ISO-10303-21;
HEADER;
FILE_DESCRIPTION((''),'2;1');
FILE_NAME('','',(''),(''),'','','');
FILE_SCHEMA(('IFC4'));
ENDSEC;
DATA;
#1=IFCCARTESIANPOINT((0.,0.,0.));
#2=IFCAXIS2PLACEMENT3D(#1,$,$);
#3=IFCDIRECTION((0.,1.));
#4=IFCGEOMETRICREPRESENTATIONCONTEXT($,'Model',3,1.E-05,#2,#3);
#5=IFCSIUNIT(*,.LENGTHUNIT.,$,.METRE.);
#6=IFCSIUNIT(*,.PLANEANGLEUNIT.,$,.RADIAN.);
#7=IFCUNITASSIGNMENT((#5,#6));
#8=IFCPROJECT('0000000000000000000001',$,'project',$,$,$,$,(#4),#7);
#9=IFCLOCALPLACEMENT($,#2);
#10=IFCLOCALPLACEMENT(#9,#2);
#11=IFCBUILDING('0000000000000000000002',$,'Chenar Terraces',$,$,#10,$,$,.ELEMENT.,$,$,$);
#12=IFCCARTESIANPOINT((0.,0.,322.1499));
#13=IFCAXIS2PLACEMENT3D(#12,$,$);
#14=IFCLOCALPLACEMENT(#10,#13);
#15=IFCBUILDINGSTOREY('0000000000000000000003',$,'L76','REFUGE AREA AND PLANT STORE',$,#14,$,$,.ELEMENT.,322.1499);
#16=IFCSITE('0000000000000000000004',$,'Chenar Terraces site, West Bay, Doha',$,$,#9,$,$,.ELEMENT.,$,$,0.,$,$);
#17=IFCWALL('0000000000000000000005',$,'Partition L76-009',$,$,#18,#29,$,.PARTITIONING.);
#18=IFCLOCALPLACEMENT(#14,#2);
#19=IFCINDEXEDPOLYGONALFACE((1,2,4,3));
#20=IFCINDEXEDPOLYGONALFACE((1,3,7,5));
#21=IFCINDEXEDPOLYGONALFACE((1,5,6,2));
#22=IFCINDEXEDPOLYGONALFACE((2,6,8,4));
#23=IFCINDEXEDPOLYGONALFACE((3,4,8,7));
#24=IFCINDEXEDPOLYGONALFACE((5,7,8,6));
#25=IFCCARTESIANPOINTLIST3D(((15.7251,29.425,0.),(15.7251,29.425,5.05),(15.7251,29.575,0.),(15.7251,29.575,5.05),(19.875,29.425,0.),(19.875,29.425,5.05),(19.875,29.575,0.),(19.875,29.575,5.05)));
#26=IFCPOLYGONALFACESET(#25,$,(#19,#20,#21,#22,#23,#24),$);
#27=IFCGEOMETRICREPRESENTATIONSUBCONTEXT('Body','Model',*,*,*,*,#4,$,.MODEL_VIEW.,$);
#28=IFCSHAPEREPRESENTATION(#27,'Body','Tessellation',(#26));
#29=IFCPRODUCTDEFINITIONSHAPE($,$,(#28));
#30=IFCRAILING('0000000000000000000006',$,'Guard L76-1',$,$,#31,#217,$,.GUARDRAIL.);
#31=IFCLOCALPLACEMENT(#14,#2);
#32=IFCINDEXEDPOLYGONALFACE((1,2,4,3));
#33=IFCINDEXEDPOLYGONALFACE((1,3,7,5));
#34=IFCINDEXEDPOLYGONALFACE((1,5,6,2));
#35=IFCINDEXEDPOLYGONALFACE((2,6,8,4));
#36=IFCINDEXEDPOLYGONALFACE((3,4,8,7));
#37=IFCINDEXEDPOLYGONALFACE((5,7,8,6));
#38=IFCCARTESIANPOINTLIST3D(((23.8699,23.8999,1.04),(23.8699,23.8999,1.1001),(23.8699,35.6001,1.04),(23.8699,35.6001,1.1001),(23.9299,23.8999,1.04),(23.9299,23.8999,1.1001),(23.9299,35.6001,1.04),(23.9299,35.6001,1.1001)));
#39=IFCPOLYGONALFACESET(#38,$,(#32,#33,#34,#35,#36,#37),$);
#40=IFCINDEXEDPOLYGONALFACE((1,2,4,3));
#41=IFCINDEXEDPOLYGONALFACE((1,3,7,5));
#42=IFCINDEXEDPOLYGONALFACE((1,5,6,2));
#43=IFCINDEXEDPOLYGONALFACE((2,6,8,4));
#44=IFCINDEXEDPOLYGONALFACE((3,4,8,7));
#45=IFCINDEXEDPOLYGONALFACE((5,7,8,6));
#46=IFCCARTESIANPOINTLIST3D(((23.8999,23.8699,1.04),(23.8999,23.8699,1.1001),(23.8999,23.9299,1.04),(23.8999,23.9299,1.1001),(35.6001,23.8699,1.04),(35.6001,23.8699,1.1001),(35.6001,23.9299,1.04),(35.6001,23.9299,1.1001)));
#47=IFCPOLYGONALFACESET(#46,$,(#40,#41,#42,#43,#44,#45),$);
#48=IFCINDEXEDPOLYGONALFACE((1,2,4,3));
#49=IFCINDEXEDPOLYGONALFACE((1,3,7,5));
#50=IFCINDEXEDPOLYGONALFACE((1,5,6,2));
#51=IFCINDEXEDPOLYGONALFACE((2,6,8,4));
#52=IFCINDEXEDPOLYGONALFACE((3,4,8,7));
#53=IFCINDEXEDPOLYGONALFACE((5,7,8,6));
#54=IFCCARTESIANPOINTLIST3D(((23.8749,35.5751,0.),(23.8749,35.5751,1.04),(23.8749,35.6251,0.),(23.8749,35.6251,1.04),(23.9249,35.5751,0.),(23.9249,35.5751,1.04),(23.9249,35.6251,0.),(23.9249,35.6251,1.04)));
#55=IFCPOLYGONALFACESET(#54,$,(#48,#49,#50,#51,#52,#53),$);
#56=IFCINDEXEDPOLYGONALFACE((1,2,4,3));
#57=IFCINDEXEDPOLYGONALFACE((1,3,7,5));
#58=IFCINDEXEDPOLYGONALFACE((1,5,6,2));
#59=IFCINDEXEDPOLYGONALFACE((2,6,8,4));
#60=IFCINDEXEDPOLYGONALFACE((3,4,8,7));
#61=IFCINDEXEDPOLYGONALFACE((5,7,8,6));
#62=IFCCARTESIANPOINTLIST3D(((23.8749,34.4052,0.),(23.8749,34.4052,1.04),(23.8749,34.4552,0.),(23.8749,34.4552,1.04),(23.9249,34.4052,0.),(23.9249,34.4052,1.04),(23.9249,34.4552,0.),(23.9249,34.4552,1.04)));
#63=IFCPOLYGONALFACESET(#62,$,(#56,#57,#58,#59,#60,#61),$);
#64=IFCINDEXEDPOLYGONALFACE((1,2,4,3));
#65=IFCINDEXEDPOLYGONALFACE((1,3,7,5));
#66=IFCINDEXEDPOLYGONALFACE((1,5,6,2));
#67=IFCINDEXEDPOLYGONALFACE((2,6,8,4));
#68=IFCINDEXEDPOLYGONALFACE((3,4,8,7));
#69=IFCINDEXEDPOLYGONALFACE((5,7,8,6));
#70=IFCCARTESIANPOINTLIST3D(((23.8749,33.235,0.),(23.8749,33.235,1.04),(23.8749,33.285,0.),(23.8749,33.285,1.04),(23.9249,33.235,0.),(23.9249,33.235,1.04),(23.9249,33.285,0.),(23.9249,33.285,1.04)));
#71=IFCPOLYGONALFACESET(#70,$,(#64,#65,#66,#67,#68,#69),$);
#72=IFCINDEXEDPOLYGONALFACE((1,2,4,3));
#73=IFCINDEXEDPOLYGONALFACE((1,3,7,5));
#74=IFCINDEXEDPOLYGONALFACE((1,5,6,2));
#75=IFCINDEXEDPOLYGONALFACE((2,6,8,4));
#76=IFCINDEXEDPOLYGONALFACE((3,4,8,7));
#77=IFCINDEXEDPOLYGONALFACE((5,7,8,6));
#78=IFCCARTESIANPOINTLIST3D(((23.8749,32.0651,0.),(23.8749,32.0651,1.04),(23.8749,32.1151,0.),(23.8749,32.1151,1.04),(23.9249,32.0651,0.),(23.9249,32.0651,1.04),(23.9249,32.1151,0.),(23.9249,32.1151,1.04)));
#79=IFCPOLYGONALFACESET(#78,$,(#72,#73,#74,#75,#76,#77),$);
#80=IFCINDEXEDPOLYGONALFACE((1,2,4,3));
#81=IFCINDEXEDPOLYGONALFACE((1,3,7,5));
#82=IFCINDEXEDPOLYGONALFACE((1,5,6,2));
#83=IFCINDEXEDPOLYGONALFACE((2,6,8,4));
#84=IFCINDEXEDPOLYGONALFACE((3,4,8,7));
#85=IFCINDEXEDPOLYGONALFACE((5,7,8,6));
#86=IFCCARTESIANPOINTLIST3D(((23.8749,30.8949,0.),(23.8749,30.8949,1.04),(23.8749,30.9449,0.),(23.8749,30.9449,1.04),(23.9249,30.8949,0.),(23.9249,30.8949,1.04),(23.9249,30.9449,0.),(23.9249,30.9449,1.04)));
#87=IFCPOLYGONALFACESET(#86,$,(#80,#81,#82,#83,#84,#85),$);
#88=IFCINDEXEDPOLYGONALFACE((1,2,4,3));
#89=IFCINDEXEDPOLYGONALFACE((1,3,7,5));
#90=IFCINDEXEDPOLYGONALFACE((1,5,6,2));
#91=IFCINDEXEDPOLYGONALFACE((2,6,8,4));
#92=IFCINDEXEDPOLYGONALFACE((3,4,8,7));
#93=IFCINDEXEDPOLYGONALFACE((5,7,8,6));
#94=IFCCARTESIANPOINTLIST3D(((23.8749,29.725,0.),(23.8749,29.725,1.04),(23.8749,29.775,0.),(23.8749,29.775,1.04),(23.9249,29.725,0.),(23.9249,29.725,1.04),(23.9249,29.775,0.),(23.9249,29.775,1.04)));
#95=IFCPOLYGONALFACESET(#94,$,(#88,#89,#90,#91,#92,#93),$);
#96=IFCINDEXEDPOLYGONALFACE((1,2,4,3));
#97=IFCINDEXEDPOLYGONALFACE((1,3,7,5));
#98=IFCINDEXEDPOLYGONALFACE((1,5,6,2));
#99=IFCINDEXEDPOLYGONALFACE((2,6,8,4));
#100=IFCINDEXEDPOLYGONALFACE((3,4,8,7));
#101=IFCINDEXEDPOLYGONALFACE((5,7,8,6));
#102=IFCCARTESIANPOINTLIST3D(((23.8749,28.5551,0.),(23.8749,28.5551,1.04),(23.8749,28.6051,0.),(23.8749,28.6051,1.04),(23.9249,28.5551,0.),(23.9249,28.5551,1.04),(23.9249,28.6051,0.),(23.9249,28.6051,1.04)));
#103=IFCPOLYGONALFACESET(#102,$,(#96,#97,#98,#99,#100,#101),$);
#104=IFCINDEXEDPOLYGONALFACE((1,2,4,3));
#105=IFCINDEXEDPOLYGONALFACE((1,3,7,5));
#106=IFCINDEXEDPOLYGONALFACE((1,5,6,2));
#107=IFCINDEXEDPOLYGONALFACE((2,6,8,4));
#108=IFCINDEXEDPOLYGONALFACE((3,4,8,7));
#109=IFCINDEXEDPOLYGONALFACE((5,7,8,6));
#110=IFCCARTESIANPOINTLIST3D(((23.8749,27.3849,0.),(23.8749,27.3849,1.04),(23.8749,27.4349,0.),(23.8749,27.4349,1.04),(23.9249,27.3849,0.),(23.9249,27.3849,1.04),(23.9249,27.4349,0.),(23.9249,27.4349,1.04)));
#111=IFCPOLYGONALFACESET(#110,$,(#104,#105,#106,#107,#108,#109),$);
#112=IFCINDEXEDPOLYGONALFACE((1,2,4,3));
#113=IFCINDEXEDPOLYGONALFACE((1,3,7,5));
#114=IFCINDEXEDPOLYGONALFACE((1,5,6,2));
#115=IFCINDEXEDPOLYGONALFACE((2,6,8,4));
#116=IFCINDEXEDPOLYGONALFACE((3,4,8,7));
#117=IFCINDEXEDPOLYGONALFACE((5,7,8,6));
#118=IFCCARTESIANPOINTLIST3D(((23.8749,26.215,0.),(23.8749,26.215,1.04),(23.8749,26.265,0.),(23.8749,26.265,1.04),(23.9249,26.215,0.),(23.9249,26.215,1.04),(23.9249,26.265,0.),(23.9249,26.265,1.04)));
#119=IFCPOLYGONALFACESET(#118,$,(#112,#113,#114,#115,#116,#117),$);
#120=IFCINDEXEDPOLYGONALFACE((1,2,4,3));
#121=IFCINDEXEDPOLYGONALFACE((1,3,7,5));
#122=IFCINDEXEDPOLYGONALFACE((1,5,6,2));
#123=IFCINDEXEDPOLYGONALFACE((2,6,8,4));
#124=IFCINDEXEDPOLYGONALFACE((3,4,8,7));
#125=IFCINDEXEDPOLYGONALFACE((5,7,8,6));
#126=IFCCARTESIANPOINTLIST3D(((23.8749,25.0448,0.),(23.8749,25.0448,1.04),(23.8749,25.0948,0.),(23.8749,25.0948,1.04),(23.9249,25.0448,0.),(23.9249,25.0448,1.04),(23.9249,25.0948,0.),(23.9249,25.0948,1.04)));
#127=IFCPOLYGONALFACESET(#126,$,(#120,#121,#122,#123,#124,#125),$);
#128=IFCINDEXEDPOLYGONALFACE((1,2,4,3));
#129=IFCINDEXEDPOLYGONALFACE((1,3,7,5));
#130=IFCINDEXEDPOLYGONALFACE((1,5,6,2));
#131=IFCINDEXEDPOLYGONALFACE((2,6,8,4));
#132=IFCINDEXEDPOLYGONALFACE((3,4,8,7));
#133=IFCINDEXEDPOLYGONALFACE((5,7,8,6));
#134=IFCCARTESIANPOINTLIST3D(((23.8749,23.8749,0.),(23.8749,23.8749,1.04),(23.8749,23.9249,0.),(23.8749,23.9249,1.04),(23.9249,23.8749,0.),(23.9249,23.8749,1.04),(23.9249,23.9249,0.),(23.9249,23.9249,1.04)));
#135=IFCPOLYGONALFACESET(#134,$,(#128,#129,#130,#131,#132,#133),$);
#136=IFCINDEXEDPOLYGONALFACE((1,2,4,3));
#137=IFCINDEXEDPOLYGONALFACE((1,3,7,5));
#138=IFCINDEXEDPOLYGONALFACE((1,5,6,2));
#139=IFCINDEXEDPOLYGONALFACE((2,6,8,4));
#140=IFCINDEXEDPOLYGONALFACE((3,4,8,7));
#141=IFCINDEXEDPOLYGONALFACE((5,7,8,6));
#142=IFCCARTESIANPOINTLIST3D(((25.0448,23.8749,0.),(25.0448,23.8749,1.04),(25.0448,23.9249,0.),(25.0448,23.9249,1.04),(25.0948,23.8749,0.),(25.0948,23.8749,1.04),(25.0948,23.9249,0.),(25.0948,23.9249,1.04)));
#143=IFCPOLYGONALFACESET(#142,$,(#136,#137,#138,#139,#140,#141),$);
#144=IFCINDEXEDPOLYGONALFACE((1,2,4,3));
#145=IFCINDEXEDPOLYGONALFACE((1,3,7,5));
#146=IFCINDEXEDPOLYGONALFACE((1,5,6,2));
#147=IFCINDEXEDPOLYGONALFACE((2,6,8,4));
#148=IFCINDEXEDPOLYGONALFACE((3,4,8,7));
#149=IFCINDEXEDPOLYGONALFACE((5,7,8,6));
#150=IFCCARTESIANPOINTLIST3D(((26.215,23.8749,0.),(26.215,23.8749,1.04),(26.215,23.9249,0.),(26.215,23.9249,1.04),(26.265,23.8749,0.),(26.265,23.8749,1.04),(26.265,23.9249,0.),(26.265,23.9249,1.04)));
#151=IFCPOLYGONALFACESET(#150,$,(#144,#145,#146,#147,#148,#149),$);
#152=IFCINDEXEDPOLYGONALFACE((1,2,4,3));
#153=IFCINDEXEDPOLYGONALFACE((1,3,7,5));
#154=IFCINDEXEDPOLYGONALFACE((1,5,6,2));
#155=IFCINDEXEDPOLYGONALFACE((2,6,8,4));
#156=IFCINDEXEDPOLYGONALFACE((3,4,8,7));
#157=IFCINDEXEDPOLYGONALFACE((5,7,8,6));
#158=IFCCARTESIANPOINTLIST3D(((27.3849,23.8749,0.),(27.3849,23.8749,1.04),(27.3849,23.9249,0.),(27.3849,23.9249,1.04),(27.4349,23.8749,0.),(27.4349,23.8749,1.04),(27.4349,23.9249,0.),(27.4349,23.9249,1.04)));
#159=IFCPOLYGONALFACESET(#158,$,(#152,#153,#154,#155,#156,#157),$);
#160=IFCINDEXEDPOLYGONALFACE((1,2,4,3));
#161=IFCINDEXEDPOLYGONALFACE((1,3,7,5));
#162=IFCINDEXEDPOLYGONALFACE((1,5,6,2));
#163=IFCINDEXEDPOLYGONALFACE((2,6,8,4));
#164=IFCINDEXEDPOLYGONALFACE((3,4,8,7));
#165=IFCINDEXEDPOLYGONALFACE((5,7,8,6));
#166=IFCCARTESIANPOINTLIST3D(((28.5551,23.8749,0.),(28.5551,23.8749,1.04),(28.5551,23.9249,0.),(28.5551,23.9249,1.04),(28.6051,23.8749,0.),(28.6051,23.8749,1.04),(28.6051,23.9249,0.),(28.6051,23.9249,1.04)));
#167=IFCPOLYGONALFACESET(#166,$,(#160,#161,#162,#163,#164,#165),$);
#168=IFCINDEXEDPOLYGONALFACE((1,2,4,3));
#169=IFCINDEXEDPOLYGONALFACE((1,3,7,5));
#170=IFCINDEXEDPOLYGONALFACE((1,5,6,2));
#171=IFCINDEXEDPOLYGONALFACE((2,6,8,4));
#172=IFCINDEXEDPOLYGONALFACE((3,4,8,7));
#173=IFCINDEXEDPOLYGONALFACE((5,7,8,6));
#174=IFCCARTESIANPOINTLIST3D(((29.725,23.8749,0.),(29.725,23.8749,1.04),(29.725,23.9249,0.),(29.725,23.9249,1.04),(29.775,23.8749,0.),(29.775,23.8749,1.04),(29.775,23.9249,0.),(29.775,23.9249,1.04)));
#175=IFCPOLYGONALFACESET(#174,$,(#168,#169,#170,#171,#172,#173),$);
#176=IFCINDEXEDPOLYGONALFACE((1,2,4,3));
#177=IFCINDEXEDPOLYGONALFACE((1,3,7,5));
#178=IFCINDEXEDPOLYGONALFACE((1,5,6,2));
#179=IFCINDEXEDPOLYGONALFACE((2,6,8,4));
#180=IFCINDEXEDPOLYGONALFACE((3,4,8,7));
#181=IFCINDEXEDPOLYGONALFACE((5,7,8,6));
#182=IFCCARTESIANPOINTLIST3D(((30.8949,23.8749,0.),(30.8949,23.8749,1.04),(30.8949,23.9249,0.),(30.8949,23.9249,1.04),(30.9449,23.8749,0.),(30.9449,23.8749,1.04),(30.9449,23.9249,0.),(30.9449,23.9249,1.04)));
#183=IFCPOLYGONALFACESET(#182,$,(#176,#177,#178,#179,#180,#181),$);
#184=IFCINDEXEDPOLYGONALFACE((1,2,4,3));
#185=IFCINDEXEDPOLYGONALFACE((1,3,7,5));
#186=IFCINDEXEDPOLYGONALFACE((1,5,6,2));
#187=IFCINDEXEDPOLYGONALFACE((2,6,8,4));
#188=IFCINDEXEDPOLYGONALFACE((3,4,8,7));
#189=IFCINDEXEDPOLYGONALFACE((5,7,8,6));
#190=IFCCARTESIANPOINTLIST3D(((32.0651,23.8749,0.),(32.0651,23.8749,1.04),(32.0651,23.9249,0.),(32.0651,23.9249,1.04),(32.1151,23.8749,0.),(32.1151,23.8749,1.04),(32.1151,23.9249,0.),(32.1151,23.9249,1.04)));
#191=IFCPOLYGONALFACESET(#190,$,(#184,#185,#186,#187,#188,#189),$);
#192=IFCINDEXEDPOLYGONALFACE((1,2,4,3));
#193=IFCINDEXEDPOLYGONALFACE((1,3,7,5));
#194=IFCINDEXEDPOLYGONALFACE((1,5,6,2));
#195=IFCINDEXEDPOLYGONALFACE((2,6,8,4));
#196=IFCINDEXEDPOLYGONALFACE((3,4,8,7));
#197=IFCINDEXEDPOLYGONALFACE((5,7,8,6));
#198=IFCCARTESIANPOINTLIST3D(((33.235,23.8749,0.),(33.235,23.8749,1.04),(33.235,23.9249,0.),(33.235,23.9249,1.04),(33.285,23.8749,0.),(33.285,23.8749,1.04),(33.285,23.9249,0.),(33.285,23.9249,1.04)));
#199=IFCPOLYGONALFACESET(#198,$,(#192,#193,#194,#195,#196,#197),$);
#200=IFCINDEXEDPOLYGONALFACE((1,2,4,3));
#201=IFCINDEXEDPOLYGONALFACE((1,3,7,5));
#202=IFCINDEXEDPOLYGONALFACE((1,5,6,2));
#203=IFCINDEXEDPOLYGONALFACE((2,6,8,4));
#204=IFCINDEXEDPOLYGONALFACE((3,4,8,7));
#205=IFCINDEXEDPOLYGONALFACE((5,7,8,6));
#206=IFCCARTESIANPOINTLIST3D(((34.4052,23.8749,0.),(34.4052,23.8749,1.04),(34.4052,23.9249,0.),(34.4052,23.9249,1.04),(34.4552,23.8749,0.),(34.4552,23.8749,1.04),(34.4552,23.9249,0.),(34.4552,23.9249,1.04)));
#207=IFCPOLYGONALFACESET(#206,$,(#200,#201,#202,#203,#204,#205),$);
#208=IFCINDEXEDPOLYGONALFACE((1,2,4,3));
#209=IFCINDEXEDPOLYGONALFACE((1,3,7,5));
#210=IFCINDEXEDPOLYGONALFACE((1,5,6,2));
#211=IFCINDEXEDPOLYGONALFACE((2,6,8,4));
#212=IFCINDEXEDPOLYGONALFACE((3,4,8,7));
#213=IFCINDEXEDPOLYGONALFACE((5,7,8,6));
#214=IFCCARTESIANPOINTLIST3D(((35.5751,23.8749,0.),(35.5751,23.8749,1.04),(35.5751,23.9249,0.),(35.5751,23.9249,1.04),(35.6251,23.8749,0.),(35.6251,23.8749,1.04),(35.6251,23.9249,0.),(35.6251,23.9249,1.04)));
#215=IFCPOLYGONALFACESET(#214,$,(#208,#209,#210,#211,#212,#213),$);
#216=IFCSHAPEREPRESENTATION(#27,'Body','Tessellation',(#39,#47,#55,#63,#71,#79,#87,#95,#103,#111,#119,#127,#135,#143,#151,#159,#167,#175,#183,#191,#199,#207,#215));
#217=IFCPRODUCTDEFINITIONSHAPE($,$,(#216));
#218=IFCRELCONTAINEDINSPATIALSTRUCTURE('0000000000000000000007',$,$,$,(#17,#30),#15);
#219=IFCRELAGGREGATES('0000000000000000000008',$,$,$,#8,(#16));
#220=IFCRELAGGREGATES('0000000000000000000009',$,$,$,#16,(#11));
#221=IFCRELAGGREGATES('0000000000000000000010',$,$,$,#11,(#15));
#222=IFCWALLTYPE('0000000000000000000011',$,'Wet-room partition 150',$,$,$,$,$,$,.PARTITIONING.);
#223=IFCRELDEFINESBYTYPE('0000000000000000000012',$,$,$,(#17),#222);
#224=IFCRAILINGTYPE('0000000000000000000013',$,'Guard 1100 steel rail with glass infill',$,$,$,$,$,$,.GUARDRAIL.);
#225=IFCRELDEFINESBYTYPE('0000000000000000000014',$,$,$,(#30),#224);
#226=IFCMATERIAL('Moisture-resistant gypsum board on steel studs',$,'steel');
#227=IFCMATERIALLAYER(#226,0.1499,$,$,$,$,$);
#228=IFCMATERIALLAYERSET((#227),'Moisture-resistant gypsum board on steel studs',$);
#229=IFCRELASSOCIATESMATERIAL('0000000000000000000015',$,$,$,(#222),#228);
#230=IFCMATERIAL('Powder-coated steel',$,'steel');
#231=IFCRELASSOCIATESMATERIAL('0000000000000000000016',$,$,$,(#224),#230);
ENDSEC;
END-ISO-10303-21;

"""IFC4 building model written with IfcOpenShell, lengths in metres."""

from ifc_helpers import new_model, si_unit, direction, frame, frame_2d, origin, origin_2d, place, context, subcontext, project, spatial, rectangle, extrude, material, layer, layer_set, type_object, element, save


model = new_model("IFC4")

# Units and contexts
model_context = context("Model", 3, precision=1e-05, world=origin(), true_north=direction((0.0, 1.0)))
body_context = subcontext(model_context, "Body", "Model", "MODEL_VIEW")
ifc_project = project(units=[si_unit("LENGTHUNIT", "METRE"), si_unit("PLANEANGLEUNIT", "RADIAN")], contexts=[model_context])

# Site, building, storey
site_placement = place(None, origin())
site = spatial("IfcSite", under=ifc_project, at=site_placement, Name="Chenar Terraces site, West Bay, Doha", CompositionType="ELEMENT", RefElevation=0.0)
building_placement = place(site_placement, origin())
building = spatial("IfcBuilding", under=site, at=building_placement, Name="Chenar Terraces", CompositionType="ELEMENT")
storey_placement = place(building_placement, frame((0.0, 0.0, 322.1499)))
storey = spatial("IfcBuildingStorey", under=building, at=storey_placement, Name="L76", Description="REFUGE AREA AND PLANT STORE", CompositionType="ELEMENT", Elevation=322.1499)

# Wall
ifc_material_1 = material(Name="Moisture-resistant gypsum board on steel studs", Category="steel")
ifc_layer_1 = layer(ifc_material_1, 0.1499)
ifc_layer_set_1 = layer_set([ifc_layer_1], Name="Moisture-resistant gypsum board on steel studs")
wall_type_1 = type_object("IfcWallType", Name="Wet-room partition 150", PredefinedType="PARTITIONING", material=ifc_layer_set_1)
wall_1_placement = place(storey_placement, frame((15.7251, 29.5, 0.0), z_axis=(0.0, 0.0, 1.0), x_axis=(1.0, 0.0, 0.0)))
element("IfcWall", 1, at=wall_1_placement, inside=storey, type_object=wall_type_1, Name="Partition L76-009", PredefinedType="PARTITIONING", context=body_context, shape_type="SweptSolid", body=[
    extrude(rectangle(XDim=4.1499, YDim=0.1499, at=frame_2d((2.075, 0.0))), origin(), (0.0, 0.0, 1.0), 5.05),
])

# Railing
ifc_material_2 = material(Name="Powder-coated steel", Category="steel")
railing_type = type_object("IfcRailingType", Name="Guard 1100 steel rail with glass infill", PredefinedType="GUARDRAIL", material=ifc_material_2)
railing_placement = place(storey_placement, frame((23.8999, 35.6001, 0.0)))
element("IfcRailing", 2, at=railing_placement, inside=storey, type_object=railing_type, Name="Guard L76-1", PredefinedType="GUARDRAIL", context=body_context, shape_type="SweptSolid", body=[
    extrude(rectangle(XDim=0.0601, YDim=0.0601, at=origin_2d()), frame((0.0, 0.0, 1.0701), z_axis=(0.0, -1.0, 0.0), x_axis=(1.0, 0.0, 0.0)), (0.0, 0.0, 1.0), 11.7002),
    extrude(rectangle(XDim=0.0601, YDim=0.0601, at=origin_2d()), frame((0.0, -11.7002, 1.0701), z_axis=(1.0, 0.0, 0.0), x_axis=(0.0, 1.0, 0.0)), (0.0, 0.0, 1.0), 11.7002),
    extrude(rectangle(XDim=0.05, YDim=0.05, at=origin_2d()), origin(), (0.0, 0.0, 1.0), 1.04),
    extrude(rectangle(XDim=0.05, YDim=0.05, at=origin_2d()), frame((0.0, -1.1699, 0.0)), (0.0, 0.0, 1.0), 1.04),
    extrude(rectangle(XDim=0.05, YDim=0.05, at=origin_2d()), frame((0.0, -2.3401, 0.0)), (0.0, 0.0, 1.0), 1.04),
    extrude(rectangle(XDim=0.05, YDim=0.05, at=origin_2d()), frame((0.0, -3.51, 0.0)), (0.0, 0.0, 1.0), 1.04),
    extrude(rectangle(XDim=0.05, YDim=0.05, at=origin_2d()), frame((0.0, -4.6802, 0.0)), (0.0, 0.0, 1.0), 1.04),
    extrude(rectangle(XDim=0.05, YDim=0.05, at=origin_2d()), frame((0.0, -5.8501, 0.0)), (0.0, 0.0, 1.0), 1.04),
    extrude(rectangle(XDim=0.05, YDim=0.05, at=origin_2d()), frame((0.0, -7.02, 0.0)), (0.0, 0.0, 1.0), 1.04),
    extrude(rectangle(XDim=0.05, YDim=0.05, at=origin_2d()), frame((0.0, -8.1902, 0.0)), (0.0, 0.0, 1.0), 1.04),
    extrude(rectangle(XDim=0.05, YDim=0.05, at=origin_2d()), frame((0.0, -9.3601, 0.0)), (0.0, 0.0, 1.0), 1.04),
    extrude(rectangle(XDim=0.05, YDim=0.05, at=origin_2d()), frame((0.0, -10.5303, 0.0)), (0.0, 0.0, 1.0), 1.04),
    extrude(rectangle(XDim=0.05, YDim=0.05, at=origin_2d()), frame((0.0, -11.7002, 0.0)), (0.0, 0.0, 1.0), 1.04),
    extrude(rectangle(XDim=0.05, YDim=0.05, at=origin_2d()), frame((1.1699, -11.7002, 0.0)), (0.0, 0.0, 1.0), 1.04),
    extrude(rectangle(XDim=0.05, YDim=0.05, at=origin_2d()), frame((2.3401, -11.7002, 0.0)), (0.0, 0.0, 1.0), 1.04),
    extrude(rectangle(XDim=0.05, YDim=0.05, at=origin_2d()), frame((3.51, -11.7002, 0.0)), (0.0, 0.0, 1.0), 1.04),
    extrude(rectangle(XDim=0.05, YDim=0.05, at=origin_2d()), frame((4.6802, -11.7002, 0.0)), (0.0, 0.0, 1.0), 1.04),
    extrude(rectangle(XDim=0.05, YDim=0.05, at=origin_2d()), frame((5.8501, -11.7002, 0.0)), (0.0, 0.0, 1.0), 1.04),
    extrude(rectangle(XDim=0.05, YDim=0.05, at=origin_2d()), frame((7.02, -11.7002, 0.0)), (0.0, 0.0, 1.0), 1.04),
    extrude(rectangle(XDim=0.05, YDim=0.05, at=origin_2d()), frame((8.1902, -11.7002, 0.0)), (0.0, 0.0, 1.0), 1.04),
    extrude(rectangle(XDim=0.05, YDim=0.05, at=origin_2d()), frame((9.3601, -11.7002, 0.0)), (0.0, 0.0, 1.0), 1.04),
    extrude(rectangle(XDim=0.05, YDim=0.05, at=origin_2d()), frame((10.5303, -11.7002, 0.0)), (0.0, 0.0, 1.0), 1.04),
    extrude(rectangle(XDim=0.05, YDim=0.05, at=origin_2d()), frame((11.7002, -11.7002, 0.0)), (0.0, 0.0, 1.0), 1.04),
])

save(model, "model.ifc")
